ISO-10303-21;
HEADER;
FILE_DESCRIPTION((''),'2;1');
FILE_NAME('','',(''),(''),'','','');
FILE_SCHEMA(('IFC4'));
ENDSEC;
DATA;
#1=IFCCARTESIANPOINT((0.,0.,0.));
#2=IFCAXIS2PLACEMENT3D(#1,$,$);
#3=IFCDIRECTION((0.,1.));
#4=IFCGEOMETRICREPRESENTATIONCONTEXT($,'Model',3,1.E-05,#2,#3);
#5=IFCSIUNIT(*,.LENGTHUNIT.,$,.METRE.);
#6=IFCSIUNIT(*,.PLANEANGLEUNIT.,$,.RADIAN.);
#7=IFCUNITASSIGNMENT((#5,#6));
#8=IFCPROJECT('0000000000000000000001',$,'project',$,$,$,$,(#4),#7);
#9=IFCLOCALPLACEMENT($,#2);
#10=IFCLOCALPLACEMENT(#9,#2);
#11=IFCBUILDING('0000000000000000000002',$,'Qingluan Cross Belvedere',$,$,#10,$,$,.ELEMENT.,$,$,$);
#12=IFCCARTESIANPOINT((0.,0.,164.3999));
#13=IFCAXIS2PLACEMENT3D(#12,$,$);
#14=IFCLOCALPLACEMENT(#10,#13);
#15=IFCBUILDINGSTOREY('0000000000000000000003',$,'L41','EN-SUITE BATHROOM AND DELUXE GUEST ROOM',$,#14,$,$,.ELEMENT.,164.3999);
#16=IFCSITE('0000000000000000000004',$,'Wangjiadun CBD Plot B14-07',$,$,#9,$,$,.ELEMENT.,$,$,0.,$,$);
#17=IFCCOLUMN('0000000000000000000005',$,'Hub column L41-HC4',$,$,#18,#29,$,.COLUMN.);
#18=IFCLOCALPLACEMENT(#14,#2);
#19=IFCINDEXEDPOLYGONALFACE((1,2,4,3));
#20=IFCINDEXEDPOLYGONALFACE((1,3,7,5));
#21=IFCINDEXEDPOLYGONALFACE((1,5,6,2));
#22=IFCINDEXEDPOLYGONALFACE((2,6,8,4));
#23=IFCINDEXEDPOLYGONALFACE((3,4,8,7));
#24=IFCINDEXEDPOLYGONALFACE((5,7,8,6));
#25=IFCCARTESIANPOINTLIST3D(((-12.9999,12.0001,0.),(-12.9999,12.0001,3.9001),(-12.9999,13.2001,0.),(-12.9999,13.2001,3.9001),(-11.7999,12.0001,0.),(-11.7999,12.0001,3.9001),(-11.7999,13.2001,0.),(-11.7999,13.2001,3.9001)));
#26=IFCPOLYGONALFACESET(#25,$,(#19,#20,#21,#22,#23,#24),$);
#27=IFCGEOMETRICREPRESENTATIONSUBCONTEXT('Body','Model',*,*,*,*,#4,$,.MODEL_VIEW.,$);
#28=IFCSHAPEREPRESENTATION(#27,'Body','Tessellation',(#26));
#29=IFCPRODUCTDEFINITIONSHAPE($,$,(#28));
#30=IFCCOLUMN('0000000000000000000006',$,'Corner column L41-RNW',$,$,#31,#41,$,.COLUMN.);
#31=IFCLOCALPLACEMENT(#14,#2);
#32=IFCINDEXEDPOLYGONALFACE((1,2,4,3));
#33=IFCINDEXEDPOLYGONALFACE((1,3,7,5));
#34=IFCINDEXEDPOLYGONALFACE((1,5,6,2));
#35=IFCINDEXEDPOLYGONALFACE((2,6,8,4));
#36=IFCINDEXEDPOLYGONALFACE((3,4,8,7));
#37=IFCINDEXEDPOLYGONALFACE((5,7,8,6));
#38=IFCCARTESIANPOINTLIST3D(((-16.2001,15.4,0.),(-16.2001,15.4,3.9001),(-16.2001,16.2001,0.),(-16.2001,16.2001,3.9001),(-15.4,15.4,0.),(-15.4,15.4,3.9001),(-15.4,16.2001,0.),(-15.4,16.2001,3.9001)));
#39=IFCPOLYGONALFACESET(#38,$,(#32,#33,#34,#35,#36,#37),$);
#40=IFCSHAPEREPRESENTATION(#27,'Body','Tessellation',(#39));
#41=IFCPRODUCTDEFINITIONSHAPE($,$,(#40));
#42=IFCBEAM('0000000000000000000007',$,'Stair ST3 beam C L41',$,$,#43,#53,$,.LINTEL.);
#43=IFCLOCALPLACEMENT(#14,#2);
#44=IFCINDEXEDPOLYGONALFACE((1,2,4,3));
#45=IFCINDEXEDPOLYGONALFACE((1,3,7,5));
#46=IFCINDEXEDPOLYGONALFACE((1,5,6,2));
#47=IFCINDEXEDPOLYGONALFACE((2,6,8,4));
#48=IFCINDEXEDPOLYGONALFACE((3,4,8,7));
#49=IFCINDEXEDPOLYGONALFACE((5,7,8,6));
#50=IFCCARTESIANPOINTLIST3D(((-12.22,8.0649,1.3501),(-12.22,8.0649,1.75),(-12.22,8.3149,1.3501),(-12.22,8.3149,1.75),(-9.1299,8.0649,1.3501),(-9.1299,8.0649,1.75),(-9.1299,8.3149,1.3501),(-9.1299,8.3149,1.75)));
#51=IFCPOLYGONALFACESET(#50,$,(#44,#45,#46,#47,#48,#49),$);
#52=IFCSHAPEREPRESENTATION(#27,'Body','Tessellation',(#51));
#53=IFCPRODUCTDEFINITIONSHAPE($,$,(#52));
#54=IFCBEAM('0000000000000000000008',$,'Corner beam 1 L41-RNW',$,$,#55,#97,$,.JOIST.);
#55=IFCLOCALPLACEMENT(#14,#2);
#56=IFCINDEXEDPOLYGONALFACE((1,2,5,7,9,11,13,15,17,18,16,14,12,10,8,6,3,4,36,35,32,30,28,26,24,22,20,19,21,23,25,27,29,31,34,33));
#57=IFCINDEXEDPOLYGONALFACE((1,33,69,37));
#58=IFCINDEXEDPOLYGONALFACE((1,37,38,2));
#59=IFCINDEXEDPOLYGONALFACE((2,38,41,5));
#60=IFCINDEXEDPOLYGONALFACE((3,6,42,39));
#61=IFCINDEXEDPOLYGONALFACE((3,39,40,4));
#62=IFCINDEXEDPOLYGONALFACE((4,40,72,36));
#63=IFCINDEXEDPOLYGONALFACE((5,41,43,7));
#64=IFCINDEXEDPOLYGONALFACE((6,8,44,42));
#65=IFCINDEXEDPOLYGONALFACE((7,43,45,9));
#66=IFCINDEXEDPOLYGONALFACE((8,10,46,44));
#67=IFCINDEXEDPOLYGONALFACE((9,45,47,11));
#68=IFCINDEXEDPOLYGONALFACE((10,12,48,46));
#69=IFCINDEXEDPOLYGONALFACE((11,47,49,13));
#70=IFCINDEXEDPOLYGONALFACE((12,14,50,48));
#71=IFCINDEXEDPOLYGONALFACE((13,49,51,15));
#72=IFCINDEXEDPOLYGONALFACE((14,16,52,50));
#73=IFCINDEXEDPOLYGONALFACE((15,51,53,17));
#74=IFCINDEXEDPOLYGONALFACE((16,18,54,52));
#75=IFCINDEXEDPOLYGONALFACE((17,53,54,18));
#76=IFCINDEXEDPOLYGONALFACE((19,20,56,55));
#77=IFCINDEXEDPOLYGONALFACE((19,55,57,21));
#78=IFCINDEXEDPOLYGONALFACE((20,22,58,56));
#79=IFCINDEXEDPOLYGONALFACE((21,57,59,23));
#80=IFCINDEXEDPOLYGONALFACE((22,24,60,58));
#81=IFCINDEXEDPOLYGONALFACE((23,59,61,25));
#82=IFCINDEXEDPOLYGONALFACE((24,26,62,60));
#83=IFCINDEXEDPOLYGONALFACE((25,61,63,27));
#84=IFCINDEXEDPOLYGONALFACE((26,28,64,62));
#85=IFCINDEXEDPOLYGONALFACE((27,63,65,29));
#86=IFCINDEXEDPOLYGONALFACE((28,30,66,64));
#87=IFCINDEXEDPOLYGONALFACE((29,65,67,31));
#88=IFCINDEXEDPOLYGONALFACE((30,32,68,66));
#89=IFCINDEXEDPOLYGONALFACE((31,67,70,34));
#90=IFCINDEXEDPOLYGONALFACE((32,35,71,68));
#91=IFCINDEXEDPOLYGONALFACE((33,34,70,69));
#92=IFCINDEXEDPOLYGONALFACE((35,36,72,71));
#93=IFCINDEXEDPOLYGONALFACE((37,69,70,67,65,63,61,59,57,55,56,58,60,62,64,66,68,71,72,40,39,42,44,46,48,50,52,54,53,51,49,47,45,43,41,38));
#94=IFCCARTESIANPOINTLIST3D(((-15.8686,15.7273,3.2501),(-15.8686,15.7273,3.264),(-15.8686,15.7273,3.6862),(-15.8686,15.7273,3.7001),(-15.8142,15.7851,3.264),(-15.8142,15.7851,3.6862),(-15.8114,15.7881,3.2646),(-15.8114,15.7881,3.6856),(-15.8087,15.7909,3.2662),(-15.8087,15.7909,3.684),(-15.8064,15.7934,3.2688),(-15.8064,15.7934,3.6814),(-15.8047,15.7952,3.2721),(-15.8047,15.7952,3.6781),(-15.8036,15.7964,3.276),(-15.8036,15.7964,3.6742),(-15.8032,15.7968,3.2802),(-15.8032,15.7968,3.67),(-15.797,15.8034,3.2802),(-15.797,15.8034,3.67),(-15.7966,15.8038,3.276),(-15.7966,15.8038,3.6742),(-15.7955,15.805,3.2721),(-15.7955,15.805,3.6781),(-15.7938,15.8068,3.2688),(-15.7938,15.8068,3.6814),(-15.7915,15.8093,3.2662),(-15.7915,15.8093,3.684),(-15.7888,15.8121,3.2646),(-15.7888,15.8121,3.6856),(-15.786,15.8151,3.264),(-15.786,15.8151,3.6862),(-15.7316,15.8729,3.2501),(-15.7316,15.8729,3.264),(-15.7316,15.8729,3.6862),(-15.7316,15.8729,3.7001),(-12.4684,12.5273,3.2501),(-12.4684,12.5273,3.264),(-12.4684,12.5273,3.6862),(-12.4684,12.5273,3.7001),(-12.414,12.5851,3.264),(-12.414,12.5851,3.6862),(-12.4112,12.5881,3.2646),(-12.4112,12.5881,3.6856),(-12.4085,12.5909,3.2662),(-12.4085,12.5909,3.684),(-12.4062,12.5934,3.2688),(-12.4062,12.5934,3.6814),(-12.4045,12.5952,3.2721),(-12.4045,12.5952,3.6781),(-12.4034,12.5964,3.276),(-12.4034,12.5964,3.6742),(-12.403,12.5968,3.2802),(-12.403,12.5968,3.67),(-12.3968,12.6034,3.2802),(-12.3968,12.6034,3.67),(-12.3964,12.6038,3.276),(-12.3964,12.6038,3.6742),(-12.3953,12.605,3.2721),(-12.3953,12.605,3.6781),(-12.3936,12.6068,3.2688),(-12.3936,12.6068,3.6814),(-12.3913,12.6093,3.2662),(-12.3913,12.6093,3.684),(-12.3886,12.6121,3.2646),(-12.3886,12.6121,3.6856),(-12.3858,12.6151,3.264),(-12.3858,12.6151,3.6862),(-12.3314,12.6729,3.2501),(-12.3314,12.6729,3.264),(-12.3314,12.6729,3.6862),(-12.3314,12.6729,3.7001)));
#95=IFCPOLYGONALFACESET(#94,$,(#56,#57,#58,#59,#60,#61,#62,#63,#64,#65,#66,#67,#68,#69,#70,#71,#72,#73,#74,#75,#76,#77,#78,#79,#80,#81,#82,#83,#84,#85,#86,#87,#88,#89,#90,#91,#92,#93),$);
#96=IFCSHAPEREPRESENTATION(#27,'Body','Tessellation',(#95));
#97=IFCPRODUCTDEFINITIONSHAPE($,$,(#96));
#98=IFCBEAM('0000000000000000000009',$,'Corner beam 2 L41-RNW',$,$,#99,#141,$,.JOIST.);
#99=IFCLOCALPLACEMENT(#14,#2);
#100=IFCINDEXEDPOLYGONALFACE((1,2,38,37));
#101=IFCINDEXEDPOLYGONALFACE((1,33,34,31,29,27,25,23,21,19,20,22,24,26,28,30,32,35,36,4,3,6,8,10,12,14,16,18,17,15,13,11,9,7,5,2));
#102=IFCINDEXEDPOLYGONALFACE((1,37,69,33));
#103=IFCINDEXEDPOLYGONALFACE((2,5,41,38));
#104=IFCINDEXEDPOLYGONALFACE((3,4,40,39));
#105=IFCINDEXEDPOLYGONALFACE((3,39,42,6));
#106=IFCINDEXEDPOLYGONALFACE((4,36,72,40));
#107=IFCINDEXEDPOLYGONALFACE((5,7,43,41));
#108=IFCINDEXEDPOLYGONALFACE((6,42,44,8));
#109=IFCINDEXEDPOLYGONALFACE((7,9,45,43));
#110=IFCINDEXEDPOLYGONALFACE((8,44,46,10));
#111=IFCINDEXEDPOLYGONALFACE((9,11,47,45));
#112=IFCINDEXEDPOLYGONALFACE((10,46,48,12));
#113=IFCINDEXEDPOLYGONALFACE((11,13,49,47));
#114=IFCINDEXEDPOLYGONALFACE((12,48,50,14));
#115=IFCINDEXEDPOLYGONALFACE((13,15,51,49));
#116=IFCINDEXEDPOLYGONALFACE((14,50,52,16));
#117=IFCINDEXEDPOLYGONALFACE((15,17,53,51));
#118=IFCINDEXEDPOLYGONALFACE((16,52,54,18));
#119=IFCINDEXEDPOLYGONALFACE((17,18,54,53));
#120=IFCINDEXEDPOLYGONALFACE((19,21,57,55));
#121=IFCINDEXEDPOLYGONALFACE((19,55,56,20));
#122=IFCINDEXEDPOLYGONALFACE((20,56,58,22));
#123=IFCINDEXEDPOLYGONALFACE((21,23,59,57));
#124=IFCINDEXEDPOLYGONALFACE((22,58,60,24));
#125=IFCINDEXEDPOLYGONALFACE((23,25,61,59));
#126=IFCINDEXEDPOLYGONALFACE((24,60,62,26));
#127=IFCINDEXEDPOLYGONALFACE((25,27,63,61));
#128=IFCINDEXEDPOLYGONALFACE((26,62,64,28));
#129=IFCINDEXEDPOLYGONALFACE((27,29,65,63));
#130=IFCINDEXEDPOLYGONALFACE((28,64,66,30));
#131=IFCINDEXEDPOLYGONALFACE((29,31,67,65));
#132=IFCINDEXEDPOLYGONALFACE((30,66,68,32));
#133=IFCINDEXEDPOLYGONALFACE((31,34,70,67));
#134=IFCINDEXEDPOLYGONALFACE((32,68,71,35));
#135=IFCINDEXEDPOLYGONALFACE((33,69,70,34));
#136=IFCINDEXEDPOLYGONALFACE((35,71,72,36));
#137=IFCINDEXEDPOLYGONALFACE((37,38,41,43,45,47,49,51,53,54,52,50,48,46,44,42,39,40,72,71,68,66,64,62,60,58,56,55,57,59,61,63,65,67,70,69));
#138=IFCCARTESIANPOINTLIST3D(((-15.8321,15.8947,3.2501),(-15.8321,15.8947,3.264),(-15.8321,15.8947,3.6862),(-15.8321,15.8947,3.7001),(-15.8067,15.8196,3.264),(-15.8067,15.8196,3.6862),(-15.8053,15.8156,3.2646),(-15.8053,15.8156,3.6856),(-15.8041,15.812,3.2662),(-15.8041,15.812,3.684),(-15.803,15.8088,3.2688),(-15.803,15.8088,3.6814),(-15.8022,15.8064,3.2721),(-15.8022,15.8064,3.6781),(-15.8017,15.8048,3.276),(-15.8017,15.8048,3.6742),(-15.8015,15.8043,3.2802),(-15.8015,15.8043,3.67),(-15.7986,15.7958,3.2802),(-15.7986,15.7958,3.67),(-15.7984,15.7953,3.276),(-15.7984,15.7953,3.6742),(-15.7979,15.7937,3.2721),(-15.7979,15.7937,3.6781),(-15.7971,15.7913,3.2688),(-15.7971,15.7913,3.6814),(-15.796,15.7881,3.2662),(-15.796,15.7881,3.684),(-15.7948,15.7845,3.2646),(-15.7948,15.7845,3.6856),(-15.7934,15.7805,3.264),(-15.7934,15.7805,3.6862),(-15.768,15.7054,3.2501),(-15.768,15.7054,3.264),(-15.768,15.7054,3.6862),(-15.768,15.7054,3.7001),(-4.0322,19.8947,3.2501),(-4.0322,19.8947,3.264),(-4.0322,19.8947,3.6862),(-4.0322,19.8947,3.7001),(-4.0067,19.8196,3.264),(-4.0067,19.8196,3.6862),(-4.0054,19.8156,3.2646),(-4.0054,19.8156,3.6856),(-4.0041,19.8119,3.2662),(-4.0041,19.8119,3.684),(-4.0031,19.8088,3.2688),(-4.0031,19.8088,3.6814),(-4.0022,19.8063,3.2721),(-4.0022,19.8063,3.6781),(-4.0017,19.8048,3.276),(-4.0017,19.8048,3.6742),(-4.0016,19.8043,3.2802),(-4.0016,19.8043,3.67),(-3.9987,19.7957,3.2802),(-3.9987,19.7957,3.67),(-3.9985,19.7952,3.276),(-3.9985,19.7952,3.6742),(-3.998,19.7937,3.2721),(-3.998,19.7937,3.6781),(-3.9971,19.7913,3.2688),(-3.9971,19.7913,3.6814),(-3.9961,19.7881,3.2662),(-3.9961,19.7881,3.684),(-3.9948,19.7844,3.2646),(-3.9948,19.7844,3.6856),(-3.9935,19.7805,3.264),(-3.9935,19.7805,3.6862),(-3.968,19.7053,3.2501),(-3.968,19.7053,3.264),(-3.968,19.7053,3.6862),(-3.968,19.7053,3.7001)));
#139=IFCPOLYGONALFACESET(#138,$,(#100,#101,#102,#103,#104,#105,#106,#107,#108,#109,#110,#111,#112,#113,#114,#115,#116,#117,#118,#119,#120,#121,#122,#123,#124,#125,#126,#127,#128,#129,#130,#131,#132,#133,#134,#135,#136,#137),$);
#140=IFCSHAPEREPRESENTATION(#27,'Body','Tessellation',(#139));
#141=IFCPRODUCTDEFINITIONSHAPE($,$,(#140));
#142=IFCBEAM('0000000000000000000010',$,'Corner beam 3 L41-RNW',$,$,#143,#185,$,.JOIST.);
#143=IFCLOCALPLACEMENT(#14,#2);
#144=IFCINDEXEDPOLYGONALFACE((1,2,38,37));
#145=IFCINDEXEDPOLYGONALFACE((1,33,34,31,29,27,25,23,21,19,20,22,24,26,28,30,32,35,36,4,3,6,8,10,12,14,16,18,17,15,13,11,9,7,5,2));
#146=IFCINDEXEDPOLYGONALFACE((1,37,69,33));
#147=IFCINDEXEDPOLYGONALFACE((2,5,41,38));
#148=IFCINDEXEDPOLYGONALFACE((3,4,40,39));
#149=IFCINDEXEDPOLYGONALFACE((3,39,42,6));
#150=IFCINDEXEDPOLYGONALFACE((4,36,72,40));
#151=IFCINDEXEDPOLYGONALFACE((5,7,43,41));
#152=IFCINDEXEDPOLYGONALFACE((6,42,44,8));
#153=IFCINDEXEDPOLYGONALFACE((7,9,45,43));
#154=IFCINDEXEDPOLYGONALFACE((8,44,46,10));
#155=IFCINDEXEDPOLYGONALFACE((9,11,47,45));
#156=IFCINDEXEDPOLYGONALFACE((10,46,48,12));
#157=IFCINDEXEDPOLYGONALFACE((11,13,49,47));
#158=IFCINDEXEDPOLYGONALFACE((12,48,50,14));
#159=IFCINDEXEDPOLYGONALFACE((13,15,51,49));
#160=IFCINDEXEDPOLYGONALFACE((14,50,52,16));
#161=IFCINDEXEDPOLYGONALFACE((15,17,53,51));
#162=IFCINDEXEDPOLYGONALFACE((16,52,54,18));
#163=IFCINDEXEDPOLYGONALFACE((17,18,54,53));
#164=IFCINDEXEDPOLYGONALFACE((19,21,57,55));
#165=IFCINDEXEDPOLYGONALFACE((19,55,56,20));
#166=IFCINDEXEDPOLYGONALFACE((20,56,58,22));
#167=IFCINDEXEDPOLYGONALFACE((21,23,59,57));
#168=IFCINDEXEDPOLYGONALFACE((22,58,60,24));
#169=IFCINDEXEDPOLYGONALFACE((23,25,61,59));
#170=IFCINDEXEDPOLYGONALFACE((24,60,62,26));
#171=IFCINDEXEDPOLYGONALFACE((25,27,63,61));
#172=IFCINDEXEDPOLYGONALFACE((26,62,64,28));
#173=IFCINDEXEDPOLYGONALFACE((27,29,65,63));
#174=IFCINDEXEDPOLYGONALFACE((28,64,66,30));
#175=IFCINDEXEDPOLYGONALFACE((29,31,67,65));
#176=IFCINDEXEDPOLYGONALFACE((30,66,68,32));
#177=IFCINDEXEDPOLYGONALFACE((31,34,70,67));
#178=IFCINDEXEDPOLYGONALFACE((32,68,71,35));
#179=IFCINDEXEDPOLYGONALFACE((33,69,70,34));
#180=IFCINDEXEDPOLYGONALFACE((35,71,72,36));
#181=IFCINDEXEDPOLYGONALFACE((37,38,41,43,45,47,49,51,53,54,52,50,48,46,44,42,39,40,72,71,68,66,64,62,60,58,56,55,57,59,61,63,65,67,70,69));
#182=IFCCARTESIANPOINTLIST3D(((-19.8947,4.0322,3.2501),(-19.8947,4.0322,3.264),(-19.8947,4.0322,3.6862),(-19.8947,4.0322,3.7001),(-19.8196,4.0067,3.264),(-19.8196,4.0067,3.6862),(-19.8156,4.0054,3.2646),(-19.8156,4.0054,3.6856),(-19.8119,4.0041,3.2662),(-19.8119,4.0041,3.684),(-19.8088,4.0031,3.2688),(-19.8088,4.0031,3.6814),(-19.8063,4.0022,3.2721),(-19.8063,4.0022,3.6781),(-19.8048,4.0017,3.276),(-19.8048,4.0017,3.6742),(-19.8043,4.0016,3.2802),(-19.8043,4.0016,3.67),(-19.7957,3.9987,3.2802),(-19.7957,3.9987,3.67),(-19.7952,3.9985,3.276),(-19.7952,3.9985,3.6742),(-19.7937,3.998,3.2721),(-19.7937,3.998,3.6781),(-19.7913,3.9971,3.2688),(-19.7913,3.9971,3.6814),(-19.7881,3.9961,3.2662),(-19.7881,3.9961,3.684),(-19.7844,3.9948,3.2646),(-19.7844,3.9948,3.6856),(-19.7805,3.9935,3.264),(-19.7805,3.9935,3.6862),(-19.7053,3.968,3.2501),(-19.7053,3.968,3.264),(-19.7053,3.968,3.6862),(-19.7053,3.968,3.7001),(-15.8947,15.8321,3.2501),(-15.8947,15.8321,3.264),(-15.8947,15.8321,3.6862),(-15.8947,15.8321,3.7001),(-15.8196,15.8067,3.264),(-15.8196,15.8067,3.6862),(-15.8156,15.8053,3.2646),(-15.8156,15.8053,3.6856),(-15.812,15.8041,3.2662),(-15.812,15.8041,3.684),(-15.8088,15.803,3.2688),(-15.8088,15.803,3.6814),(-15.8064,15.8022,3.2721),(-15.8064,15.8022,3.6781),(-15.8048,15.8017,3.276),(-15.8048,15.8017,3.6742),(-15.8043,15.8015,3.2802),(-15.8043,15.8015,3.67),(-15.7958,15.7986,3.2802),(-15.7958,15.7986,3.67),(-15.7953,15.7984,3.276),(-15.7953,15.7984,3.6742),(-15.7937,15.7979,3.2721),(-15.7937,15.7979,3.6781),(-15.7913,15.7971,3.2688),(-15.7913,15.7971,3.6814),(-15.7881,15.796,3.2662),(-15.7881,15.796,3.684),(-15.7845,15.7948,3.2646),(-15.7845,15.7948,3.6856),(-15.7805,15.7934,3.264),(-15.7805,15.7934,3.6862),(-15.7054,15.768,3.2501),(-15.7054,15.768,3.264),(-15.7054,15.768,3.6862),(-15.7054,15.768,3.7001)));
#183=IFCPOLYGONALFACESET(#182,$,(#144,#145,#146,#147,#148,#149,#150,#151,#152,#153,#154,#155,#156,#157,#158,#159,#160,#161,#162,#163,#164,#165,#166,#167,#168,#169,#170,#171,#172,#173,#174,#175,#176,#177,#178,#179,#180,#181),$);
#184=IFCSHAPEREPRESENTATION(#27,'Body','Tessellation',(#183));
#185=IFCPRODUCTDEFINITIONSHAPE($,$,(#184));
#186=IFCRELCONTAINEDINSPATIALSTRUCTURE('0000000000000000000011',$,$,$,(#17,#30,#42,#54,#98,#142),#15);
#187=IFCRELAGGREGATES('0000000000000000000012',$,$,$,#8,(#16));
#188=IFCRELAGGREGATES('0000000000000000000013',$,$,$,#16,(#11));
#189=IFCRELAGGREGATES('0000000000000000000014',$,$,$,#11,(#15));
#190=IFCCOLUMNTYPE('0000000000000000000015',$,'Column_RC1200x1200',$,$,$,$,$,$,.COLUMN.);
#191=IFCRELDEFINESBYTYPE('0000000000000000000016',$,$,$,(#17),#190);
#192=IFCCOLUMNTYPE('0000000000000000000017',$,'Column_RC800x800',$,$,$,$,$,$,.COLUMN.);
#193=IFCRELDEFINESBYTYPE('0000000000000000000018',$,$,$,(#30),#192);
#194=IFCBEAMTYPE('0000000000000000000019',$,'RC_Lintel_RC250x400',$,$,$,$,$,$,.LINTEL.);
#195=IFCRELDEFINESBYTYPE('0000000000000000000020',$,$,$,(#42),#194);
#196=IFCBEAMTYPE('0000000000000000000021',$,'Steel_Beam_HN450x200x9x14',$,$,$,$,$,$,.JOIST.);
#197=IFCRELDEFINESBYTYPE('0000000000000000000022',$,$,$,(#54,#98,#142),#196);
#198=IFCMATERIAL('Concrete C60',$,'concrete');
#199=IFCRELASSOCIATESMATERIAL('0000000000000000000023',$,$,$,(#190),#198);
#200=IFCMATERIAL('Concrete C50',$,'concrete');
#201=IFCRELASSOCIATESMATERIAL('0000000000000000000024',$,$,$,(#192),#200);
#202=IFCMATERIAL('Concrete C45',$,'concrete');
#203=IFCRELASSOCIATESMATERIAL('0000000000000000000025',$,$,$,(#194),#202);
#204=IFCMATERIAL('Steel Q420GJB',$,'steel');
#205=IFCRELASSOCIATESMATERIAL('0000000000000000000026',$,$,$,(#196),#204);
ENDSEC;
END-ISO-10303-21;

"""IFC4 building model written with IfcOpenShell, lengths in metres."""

from ifc_helpers import new_model, si_unit, direction, frame, origin, origin_2d, place, context, subcontext, project, spatial, rectangle, i_section, extrude, material, material_profile, profile_set, type_object, element, save


model = new_model("IFC4")

# Units and contexts
model_context = context("Model", 3, precision=1e-05, world=origin(), true_north=direction((0.0, 1.0)))
body_context = subcontext(model_context, "Body", "Model", "MODEL_VIEW")
ifc_project = project(units=[si_unit("LENGTHUNIT", "METRE"), si_unit("PLANEANGLEUNIT", "RADIAN")], contexts=[model_context])

# Site, building, storey
site_placement = place(None, origin())
site = spatial("IfcSite", under=ifc_project, at=site_placement, Name="Wangjiadun CBD Plot B14-07", CompositionType="ELEMENT", RefElevation=0.0)
building_placement = place(site_placement, origin())
building = spatial("IfcBuilding", under=site, at=building_placement, Name="Qingluan Cross Belvedere", CompositionType="ELEMENT")
storey_placement = place(building_placement, frame((0.0, 0.0, 164.3999)))
storey = spatial("IfcBuildingStorey", under=building, at=storey_placement, Name="L41", Description="EN-SUITE BATHROOM AND DELUXE GUEST ROOM", CompositionType="ELEMENT", Elevation=164.3999)

# Columns
ifc_material_1 = material(Name="Concrete C60", Category="concrete")
ifc_material_profile_1 = material_profile(ifc_material_1, rectangle(XDim=1.2, YDim=1.2, at=origin_2d()), Name="RC1200x1200")
ifc_profile_set_1 = profile_set([ifc_material_profile_1], Name="Concrete C60")
column_type_1 = type_object("IfcColumnType", Name="Column_RC1200x1200", PredefinedType="COLUMN", material=ifc_profile_set_1)
column_1_placement = place(storey_placement, frame((-12.3999, 12.6001, 0.0), z_axis=(0.0, 0.0, 1.0), x_axis=(1.0, 0.0, 0.0)))
element("IfcColumn", 1, at=column_1_placement, inside=storey, type_object=column_type_1, Name="Hub column L41-HC4", PredefinedType="COLUMN", context=body_context, shape_type="SweptSolid", body=[
    extrude(rectangle(XDim=1.2, YDim=1.2, at=origin_2d()), origin(), (0.0, 0.0, 1.0), 3.9001),
])
ifc_material_2 = material(Name="Concrete C50", Category="concrete")
ifc_material_profile_2 = material_profile(ifc_material_2, rectangle(XDim=0.8, YDim=0.8, at=origin_2d()), Name="RC800x800")
ifc_profile_set_2 = profile_set([ifc_material_profile_2], Name="Concrete C50")
column_type_2 = type_object("IfcColumnType", Name="Column_RC800x800", PredefinedType="COLUMN", material=ifc_profile_set_2)
column_2_placement = place(storey_placement, frame((-15.8, 15.8, 0.0), z_axis=(0.0, 0.0, 1.0), x_axis=(1.0, 0.0, 0.0)))
element("IfcColumn", 2, at=column_2_placement, inside=storey, type_object=column_type_2, Name="Corner column L41-RNW", PredefinedType="COLUMN", context=body_context, shape_type="SweptSolid", body=[
    extrude(rectangle(XDim=0.8, YDim=0.8, at=origin_2d()), origin(), (0.0, 0.0, 1.0), 3.9001),
])

# Beams
ifc_material_3 = material(Name="Concrete C45", Category="concrete")
ifc_material_profile_3 = material_profile(ifc_material_3, rectangle(XDim=0.25, YDim=0.3999, at=origin_2d()), Name="RC250x400")
ifc_profile_set_3 = profile_set([ifc_material_profile_3], Name="Concrete C45")
beam_type_1 = type_object("IfcBeamType", Name="RC_Lintel_RC250x400", PredefinedType="LINTEL", material=ifc_profile_set_3)
beam_1_placement = place(storey_placement, frame((-12.22, 8.1899, 1.55), z_axis=(1.0, 0.0, 0.0), x_axis=(0.0, 1.0, 0.0)))
element("IfcBeam", 3, at=beam_1_placement, inside=storey, type_object=beam_type_1, Name="Stair ST3 beam C L41", PredefinedType="LINTEL", context=body_context, shape_type="SweptSolid", body=[
    extrude(rectangle(XDim=0.25, YDim=0.3999, at=origin_2d()), origin(), (0.0, 0.0, 1.0), 3.0901),
])
ifc_material_4 = material(Name="Steel Q420GJB", Category="steel")
ifc_material_profile_4 = material_profile(ifc_material_4, i_section(OverallWidth=0.2, OverallDepth=0.45, WebThickness=0.009, FlangeThickness=0.0139, FilletRadius=0.0161, at=origin_2d()), Name="HN450x200x9x14")
ifc_profile_set_4 = profile_set([ifc_material_profile_4], Name="Steel Q420GJB")
beam_type_2 = type_object("IfcBeamType", Name="Steel_Beam_HN450x200x9x14", PredefinedType="JOIST", material=ifc_profile_set_4)
beam_2_placement = place(storey_placement, frame((-12.3999, 12.6001, 3.4751), z_axis=(-0.72822, 0.685343, 0.0), x_axis=(-0.685343, -0.72822, 0.0)))
element("IfcBeam", 4, at=beam_2_placement, inside=storey, type_object=beam_type_2, Name="Corner beam 1 L41-RNW", PredefinedType="JOIST", context=body_context, shape_type="SweptSolid", body=[
    extrude(i_section(OverallWidth=0.2, OverallDepth=0.45, WebThickness=0.009, FlangeThickness=0.0139, FilletRadius=0.0161, at=origin_2d()), origin(), (0.0, 0.0, 1.0), 4.6692),
])
for number, where, z_axis, x_axis, name in (
    (5, (-15.8, 15.8, 3.4751), (0.947066, 0.321038, 0.0), (-0.321038, 0.947066, 0.0), "Corner beam 2 L41-RNW"),
    (6, (-15.8, 15.8, 3.4751), (-0.321038, -0.947066, 0.0), (0.947066, -0.321038, 0.0), "Corner beam 3 L41-RNW"),
):
    element("IfcBeam", number, at=place(storey_placement, frame(where, z_axis=z_axis, x_axis=x_axis)), inside=storey, type_object=beam_type_2, Name=name, PredefinedType="JOIST", context=body_context, shape_type="SweptSolid", body=[
        extrude(i_section(OverallWidth=0.2, OverallDepth=0.45, WebThickness=0.009, FlangeThickness=0.0139, FilletRadius=0.0161, at=origin_2d()), origin(), (0.0, 0.0, 1.0), 12.4595),
    ])

save(model, "model.ifc")
